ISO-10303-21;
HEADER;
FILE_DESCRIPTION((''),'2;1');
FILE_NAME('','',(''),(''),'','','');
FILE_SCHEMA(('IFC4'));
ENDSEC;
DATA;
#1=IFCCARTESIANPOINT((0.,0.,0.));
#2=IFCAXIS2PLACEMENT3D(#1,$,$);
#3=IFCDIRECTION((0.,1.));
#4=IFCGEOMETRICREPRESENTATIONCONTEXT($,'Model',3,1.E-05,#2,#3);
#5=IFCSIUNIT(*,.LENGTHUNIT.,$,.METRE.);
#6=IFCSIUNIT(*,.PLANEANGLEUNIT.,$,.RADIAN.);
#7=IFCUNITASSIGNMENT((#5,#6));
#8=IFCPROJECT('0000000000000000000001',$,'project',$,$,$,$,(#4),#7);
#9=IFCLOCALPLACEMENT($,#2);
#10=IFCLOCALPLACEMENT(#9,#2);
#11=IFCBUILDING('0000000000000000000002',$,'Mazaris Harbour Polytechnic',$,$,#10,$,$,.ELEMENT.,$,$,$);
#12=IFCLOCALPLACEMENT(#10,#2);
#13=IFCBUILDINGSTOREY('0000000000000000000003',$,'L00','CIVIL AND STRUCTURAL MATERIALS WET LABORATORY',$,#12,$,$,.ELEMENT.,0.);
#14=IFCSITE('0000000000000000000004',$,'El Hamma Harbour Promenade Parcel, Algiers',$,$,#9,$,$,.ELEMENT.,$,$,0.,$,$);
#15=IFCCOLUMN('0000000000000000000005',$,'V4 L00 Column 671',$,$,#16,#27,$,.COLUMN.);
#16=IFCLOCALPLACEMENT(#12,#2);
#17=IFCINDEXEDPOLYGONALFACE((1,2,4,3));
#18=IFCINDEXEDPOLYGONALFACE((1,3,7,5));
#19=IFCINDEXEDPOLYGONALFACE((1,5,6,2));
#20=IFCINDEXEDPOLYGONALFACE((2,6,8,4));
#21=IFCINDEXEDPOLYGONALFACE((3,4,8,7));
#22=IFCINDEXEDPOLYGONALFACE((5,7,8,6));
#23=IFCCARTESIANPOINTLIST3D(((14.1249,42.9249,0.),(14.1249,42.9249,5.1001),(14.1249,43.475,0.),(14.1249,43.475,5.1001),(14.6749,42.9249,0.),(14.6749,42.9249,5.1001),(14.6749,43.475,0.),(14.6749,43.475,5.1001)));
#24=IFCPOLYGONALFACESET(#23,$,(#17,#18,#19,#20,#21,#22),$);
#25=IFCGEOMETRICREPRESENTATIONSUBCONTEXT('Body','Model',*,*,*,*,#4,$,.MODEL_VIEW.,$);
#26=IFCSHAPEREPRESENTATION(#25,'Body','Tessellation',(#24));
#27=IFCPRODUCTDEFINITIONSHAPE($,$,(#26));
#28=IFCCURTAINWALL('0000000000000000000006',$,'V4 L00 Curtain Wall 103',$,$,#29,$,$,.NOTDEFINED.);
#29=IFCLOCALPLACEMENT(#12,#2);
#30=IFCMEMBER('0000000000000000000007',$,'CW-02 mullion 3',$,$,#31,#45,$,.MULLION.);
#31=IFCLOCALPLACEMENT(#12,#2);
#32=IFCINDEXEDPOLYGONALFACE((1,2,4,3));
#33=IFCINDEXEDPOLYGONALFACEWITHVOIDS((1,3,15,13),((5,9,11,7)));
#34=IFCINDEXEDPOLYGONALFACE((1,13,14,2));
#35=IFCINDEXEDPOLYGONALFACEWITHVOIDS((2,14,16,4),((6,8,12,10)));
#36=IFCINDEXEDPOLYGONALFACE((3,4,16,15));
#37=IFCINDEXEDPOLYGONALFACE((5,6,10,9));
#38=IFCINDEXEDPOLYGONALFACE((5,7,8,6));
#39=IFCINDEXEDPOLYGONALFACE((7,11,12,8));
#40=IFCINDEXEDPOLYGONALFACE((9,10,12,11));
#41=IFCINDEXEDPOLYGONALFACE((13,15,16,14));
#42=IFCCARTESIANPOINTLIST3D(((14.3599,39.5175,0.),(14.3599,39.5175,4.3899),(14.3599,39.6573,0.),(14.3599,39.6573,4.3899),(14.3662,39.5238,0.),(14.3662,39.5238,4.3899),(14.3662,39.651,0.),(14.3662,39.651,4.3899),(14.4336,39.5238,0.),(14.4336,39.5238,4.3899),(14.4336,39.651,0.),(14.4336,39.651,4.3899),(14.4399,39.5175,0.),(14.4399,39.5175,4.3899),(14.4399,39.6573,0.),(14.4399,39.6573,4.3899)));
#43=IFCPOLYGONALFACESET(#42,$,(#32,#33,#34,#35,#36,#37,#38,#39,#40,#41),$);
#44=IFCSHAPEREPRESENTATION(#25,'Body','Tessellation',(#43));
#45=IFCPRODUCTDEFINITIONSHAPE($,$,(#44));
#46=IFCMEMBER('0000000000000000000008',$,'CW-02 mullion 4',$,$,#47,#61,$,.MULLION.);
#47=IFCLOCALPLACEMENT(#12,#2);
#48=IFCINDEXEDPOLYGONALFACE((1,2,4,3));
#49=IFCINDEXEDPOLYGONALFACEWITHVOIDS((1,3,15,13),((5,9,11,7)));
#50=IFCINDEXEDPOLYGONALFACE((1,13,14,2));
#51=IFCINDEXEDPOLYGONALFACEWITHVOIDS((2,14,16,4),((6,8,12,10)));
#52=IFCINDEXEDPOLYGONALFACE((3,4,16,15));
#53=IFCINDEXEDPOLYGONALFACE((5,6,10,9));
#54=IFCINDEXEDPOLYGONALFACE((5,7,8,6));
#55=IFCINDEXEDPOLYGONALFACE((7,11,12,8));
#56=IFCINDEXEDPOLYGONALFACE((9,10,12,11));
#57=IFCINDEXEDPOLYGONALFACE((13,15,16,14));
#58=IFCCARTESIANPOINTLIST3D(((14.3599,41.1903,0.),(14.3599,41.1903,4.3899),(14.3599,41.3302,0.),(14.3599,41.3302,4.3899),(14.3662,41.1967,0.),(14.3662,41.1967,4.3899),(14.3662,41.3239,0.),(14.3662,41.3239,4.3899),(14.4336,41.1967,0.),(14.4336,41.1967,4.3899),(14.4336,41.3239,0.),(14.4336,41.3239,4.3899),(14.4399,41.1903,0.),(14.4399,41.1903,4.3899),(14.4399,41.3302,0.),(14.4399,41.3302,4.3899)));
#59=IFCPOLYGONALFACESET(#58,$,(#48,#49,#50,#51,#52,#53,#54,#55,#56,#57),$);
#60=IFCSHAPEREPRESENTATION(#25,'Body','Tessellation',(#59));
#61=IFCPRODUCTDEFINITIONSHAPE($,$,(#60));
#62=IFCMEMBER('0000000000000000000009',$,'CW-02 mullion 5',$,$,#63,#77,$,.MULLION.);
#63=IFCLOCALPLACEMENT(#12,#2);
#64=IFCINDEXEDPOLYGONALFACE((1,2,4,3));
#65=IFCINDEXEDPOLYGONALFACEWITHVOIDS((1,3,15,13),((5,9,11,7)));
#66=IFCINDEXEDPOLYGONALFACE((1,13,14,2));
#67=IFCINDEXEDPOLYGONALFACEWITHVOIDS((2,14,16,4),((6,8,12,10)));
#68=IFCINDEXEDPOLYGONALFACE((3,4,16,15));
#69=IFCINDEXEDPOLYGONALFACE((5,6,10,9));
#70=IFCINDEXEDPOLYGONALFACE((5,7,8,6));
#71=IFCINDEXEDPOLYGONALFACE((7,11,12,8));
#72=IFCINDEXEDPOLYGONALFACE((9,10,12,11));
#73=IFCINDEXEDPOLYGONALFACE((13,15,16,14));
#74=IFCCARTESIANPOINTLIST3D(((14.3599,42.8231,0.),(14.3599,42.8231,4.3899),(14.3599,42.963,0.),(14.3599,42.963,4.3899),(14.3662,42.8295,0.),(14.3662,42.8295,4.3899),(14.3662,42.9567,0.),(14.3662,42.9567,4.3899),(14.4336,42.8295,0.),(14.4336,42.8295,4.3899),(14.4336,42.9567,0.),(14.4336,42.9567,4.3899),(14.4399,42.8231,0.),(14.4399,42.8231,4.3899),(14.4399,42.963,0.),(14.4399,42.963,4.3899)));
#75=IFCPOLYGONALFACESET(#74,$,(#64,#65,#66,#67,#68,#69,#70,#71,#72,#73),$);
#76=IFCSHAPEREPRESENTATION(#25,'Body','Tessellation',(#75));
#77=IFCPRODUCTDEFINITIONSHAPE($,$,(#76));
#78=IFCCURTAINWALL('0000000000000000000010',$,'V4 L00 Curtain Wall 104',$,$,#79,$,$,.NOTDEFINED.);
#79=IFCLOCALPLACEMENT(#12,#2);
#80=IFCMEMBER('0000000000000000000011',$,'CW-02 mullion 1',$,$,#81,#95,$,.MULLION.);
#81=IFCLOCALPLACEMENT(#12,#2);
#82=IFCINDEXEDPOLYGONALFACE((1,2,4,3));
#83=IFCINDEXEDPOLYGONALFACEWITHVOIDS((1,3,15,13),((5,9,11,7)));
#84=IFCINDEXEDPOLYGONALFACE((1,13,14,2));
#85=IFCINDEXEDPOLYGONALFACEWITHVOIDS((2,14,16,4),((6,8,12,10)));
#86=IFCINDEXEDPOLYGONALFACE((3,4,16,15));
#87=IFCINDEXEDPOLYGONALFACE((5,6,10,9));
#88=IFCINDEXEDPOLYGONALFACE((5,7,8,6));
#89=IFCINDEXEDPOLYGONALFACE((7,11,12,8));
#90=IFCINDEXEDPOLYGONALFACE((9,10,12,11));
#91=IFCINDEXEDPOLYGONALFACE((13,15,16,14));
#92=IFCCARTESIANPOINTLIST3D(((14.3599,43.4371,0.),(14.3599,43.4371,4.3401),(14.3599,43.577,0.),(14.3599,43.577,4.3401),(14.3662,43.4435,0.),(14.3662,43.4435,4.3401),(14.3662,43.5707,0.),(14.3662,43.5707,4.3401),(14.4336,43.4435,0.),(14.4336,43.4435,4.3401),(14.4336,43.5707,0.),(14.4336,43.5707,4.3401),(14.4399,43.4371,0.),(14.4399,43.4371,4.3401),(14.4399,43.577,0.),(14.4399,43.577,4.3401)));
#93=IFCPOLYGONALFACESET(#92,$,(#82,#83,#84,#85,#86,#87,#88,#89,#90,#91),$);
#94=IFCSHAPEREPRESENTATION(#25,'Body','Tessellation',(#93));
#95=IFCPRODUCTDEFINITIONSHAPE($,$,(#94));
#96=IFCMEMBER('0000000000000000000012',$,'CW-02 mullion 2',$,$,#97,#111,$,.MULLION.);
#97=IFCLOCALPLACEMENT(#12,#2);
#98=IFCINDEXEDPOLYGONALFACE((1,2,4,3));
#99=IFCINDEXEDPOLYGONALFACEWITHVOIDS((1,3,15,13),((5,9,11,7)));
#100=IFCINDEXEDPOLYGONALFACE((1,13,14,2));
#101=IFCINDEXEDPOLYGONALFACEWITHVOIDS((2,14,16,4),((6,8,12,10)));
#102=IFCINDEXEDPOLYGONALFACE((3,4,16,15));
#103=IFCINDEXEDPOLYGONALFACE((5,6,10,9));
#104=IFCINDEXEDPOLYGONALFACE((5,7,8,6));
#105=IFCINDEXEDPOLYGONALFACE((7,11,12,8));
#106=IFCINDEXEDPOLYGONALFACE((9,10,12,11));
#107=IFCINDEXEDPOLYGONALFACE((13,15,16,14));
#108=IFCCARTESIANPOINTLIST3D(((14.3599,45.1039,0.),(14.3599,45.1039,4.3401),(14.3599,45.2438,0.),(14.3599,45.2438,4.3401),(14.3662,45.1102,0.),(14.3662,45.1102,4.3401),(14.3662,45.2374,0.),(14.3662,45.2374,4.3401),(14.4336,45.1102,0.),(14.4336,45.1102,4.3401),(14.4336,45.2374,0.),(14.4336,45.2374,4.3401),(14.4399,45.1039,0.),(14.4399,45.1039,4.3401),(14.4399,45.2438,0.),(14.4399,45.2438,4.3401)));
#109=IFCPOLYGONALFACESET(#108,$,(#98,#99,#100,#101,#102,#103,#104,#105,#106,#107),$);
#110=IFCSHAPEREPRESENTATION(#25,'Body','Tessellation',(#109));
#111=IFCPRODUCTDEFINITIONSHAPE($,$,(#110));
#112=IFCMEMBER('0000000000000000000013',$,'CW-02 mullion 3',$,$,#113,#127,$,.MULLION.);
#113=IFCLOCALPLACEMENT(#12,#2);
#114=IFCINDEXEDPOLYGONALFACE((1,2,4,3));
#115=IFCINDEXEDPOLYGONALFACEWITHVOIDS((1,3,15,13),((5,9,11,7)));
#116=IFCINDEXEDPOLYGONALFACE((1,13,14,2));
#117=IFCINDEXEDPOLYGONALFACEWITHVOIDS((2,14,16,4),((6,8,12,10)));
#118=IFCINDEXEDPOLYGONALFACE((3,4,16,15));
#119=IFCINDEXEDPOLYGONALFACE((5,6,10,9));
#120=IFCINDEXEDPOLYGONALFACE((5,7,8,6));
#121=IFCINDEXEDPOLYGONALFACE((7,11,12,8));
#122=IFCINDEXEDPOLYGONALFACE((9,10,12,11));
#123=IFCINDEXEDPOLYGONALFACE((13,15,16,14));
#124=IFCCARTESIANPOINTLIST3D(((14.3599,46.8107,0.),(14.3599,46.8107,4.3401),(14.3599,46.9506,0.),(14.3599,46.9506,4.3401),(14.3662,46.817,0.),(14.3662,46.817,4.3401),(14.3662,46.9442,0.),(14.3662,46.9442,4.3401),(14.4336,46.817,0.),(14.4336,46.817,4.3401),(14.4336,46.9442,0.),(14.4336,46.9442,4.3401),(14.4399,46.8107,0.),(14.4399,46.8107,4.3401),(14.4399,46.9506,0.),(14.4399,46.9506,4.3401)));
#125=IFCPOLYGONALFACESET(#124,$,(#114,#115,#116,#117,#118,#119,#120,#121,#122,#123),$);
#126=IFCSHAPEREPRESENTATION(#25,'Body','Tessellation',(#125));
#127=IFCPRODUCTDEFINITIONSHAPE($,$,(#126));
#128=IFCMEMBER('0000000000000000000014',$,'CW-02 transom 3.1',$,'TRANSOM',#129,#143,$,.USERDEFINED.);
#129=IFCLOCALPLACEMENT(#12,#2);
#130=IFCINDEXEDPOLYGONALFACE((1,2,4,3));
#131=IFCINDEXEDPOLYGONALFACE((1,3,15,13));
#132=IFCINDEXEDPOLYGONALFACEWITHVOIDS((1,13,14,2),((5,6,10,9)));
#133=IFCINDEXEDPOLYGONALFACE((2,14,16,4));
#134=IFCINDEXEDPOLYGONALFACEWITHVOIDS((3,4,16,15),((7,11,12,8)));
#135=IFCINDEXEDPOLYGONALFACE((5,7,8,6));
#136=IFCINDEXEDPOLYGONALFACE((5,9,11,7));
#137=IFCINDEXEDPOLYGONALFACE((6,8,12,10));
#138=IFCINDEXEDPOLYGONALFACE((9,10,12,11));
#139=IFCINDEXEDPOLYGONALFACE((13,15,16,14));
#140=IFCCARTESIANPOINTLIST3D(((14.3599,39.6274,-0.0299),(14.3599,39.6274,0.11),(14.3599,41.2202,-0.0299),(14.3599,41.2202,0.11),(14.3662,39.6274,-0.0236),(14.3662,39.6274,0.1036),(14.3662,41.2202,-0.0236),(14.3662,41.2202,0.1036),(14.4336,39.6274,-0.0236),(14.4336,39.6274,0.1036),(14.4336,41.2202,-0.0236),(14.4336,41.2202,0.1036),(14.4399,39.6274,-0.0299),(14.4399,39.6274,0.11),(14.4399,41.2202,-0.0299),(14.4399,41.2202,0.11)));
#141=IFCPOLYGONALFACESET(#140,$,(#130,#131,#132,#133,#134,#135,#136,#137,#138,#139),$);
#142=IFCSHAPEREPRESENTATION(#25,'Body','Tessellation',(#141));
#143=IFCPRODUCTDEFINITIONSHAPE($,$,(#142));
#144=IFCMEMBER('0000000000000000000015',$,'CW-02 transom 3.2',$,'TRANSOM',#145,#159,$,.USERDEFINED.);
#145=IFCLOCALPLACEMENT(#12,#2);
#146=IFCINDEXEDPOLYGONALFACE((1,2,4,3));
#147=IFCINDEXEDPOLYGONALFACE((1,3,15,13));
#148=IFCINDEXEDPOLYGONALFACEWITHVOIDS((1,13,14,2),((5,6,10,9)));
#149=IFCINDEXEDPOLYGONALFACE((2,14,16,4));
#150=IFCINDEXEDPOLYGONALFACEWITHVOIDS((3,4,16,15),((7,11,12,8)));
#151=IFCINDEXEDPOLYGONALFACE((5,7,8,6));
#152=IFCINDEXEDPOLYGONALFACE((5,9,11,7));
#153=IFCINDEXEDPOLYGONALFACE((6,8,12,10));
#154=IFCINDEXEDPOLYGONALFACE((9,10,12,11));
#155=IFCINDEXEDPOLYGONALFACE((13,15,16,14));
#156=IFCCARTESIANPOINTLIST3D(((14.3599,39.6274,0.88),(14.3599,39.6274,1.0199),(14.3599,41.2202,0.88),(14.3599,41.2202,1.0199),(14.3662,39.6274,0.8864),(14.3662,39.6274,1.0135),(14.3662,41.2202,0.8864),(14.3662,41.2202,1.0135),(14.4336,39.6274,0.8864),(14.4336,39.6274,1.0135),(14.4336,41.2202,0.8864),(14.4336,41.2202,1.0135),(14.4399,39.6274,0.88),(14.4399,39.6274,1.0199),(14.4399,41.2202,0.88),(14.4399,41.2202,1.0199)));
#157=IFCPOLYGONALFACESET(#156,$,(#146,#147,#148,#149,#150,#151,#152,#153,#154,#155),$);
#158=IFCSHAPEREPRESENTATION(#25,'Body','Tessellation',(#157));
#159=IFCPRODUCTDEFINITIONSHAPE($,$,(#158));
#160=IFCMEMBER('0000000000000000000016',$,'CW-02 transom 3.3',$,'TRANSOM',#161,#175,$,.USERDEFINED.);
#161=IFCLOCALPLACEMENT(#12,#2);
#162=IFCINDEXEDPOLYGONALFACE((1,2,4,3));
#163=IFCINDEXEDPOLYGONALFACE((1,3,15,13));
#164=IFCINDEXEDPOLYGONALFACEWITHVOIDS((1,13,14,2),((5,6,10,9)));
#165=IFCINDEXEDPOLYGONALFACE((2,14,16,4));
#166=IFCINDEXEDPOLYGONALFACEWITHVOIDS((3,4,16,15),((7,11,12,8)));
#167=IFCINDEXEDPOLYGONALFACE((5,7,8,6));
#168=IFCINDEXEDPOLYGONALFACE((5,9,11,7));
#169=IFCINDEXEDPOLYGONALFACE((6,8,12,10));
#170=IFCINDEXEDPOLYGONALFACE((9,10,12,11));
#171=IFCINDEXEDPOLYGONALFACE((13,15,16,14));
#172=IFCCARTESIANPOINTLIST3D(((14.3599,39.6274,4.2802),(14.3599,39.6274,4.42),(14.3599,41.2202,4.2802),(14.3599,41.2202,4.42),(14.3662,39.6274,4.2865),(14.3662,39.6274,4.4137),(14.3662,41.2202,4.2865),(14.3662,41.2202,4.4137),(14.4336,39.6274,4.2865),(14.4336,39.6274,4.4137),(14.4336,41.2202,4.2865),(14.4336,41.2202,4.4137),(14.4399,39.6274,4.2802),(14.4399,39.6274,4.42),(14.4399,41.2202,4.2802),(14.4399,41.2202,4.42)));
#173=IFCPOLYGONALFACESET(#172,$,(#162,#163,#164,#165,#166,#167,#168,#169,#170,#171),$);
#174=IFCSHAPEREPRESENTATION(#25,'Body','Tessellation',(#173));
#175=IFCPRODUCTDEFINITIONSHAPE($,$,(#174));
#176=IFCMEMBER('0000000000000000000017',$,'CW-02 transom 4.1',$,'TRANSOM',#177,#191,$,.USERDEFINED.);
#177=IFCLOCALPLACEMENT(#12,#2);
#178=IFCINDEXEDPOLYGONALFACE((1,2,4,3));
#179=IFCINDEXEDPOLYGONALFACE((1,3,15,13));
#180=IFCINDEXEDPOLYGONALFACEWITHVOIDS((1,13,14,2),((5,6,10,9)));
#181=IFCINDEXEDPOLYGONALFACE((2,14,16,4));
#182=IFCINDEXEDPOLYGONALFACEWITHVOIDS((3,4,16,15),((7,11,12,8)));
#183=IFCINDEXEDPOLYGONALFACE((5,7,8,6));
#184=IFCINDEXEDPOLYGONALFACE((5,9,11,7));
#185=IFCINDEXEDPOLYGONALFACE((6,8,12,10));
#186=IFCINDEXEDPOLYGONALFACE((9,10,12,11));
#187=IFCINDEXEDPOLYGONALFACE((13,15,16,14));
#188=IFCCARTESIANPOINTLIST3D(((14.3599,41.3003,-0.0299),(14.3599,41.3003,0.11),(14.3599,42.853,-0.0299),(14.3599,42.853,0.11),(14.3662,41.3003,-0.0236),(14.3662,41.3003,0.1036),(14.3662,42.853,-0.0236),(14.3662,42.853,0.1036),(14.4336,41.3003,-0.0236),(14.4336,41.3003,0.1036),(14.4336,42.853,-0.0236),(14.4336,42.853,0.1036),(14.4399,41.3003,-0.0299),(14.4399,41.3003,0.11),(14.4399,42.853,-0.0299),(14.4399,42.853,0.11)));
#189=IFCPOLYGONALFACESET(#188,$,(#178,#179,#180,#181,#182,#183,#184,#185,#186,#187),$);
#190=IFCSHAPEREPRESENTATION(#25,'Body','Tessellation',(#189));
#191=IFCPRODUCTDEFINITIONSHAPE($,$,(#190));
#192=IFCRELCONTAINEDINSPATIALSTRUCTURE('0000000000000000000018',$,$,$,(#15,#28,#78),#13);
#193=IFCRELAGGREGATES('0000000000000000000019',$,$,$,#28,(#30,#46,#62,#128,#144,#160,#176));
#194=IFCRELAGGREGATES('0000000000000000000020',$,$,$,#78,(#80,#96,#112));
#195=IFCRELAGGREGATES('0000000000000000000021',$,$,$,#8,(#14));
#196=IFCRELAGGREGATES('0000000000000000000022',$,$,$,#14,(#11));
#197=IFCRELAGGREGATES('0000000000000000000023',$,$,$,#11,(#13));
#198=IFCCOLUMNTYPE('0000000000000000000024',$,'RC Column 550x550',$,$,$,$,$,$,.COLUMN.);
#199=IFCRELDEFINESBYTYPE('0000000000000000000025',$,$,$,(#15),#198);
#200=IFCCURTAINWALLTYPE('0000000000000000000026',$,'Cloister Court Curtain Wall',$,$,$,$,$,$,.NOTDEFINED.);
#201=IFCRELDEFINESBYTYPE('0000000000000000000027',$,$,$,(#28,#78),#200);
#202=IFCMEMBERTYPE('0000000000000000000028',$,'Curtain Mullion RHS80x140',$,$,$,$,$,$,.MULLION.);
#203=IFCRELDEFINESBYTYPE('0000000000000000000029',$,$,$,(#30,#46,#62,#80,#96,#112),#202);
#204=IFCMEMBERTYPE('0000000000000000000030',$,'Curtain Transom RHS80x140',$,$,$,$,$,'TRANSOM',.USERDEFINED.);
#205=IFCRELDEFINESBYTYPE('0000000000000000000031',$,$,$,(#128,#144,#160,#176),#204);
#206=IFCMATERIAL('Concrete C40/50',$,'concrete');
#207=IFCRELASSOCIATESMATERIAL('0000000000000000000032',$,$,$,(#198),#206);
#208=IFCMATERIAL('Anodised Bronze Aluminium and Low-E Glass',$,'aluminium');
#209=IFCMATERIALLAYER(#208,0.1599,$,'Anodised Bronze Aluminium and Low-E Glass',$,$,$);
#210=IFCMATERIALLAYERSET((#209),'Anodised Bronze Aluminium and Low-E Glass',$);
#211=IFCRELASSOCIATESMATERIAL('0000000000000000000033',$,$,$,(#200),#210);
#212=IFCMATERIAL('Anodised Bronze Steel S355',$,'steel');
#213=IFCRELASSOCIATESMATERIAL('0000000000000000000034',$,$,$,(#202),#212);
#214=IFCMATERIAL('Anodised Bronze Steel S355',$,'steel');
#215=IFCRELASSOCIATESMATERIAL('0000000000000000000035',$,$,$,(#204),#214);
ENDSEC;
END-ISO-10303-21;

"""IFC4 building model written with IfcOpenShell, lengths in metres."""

from ifc_helpers import new_model, si_unit, direction, frame, origin, origin_2d, place, context, subcontext, project, spatial, rectangle, hollow_rectangle, extrude, material, layer, layer_set, material_profile, profile_set, type_object, element, aggregate, save


model = new_model("IFC4")

# Units and contexts
model_context = context("Model", 3, precision=1e-05, world=origin(), true_north=direction((0.0, 1.0)))
body_context = subcontext(model_context, "Body", "Model", "MODEL_VIEW")
ifc_project = project(units=[si_unit("LENGTHUNIT", "METRE"), si_unit("PLANEANGLEUNIT", "RADIAN")], contexts=[model_context])

# Site, building, storey
site_placement = place(None, origin())
site = spatial("IfcSite", under=ifc_project, at=site_placement, Name="El Hamma Harbour Promenade Parcel, Algiers", CompositionType="ELEMENT", RefElevation=0.0)
building_placement = place(site_placement, origin())
building = spatial("IfcBuilding", under=site, at=building_placement, Name="Mazaris Harbour Polytechnic", CompositionType="ELEMENT")
storey_placement = place(building_placement, origin())
storey = spatial("IfcBuildingStorey", under=building, at=storey_placement, Name="L00", Description="CIVIL AND STRUCTURAL MATERIALS WET LABORATORY", CompositionType="ELEMENT", Elevation=0.0)

# Column
ifc_material_1 = material(Name="Concrete C40/50", Category="concrete")
ifc_material_profile_1 = material_profile(ifc_material_1, rectangle(XDim=0.55, YDim=0.55, at=origin_2d()), Name="RECT550x550")
ifc_profile_set_1 = profile_set([ifc_material_profile_1], Name="Concrete C40/50")
column_type = type_object("IfcColumnType", Name="RC Column 550x550", PredefinedType="COLUMN", material=ifc_profile_set_1)
column_placement = place(storey_placement, frame((14.3999, 43.2, 0.0), z_axis=(0.0, 0.0, 1.0), x_axis=(1.0, 0.0, 0.0)))
element("IfcColumn", 1, at=column_placement, inside=storey, type_object=column_type, Name="V4 L00 Column 671", PredefinedType="COLUMN", context=body_context, shape_type="SweptSolid", body=[
    extrude(rectangle(XDim=0.55, YDim=0.55, at=origin_2d()), origin(), (0.0, 0.0, 1.0), 5.1001),
])

# Curtain walls, members
ifc_material_2 = material(Name="Anodised Bronze Aluminium and Low-E Glass", Category="aluminium")
ifc_layer_1 = layer(ifc_material_2, 0.1599, Name="Anodised Bronze Aluminium and Low-E Glass")
ifc_layer_set_1 = layer_set([ifc_layer_1], Name="Anodised Bronze Aluminium and Low-E Glass")
curtain_wall_type = type_object("IfcCurtainWallType", Name="Cloister Court Curtain Wall", PredefinedType="NOTDEFINED", material=ifc_layer_set_1)
curtain_wall_1_placement = place(storey_placement, origin())
curtain_wall_1 = element("IfcCurtainWall", 2, at=curtain_wall_1_placement, inside=storey, type_object=curtain_wall_type, Name="V4 L00 Curtain Wall 103", PredefinedType="NOTDEFINED")
ifc_material_3 = material(Name="Anodised Bronze Steel S355", Category="steel")
ifc_material_profile_2 = material_profile(ifc_material_3, hollow_rectangle(XDim=0.0801, YDim=0.1399, WallThickness=0.0063, at=origin_2d()), Name="RHS 80x140x6.3")
ifc_profile_set_2 = profile_set([ifc_material_profile_2], Name="Anodised Bronze Steel S355")
member_type_1 = type_object("IfcMemberType", Name="Curtain Mullion RHS80x140", PredefinedType="MULLION", material=ifc_profile_set_2)
member_1_placement = place(storey_placement, frame((14.3999, 39.5874, 0.0), z_axis=(0.0, 0.0, 1.0), x_axis=(-1.0, 0.0, 0.0)))
member_1 = element("IfcMember", 3, at=member_1_placement, type_object=member_type_1, Name="CW-02 mullion 3", PredefinedType="MULLION", context=body_context, shape_type="SweptSolid", body=[
    extrude(hollow_rectangle(XDim=0.0801, YDim=0.1399, WallThickness=0.0063, at=origin_2d()), origin(), (0.0, 0.0, 1.0), 4.3899),
])
member_2_placement = place(storey_placement, frame((14.3999, 41.2603, 0.0), z_axis=(0.0, 0.0, 1.0), x_axis=(-1.0, 0.0, 0.0)))
member_2 = element("IfcMember", 4, at=member_2_placement, type_object=member_type_1, Name="CW-02 mullion 4", PredefinedType="MULLION", context=body_context, shape_type="SweptSolid", body=[
    extrude(hollow_rectangle(XDim=0.0801, YDim=0.1399, WallThickness=0.0063, at=origin_2d()), origin(), (0.0, 0.0, 1.0), 4.3899),
])
member_3_placement = place(storey_placement, frame((14.3999, 42.8931, 0.0), z_axis=(0.0, 0.0, 1.0), x_axis=(-1.0, 0.0, 0.0)))
member_3 = element("IfcMember", 5, at=member_3_placement, type_object=member_type_1, Name="CW-02 mullion 5", PredefinedType="MULLION", context=body_context, shape_type="SweptSolid", body=[
    extrude(hollow_rectangle(XDim=0.0801, YDim=0.1399, WallThickness=0.0063, at=origin_2d()), origin(), (0.0, 0.0, 1.0), 4.3899),
])
curtain_wall_2_placement = place(storey_placement, origin())
curtain_wall_2 = element("IfcCurtainWall", 6, at=curtain_wall_2_placement, inside=storey, type_object=curtain_wall_type, Name="V4 L00 Curtain Wall 104", PredefinedType="NOTDEFINED")
member_4_placement = place(storey_placement, frame((14.3999, 43.5071, 0.0), z_axis=(0.0, 0.0, 1.0), x_axis=(-1.0, 0.0, 0.0)))
member_4 = element("IfcMember", 7, at=member_4_placement, type_object=member_type_1, Name="CW-02 mullion 1", PredefinedType="MULLION", context=body_context, shape_type="SweptSolid", body=[
    extrude(hollow_rectangle(XDim=0.0801, YDim=0.1399, WallThickness=0.0063, at=origin_2d()), origin(), (0.0, 0.0, 1.0), 4.3401),
])
member_5_placement = place(storey_placement, frame((14.3999, 45.1738, 0.0), z_axis=(0.0, 0.0, 1.0), x_axis=(-1.0, 0.0, 0.0)))
member_5 = element("IfcMember", 8, at=member_5_placement, type_object=member_type_1, Name="CW-02 mullion 2", PredefinedType="MULLION", context=body_context, shape_type="SweptSolid", body=[
    extrude(hollow_rectangle(XDim=0.0801, YDim=0.1399, WallThickness=0.0063, at=origin_2d()), origin(), (0.0, 0.0, 1.0), 4.3401),
])
member_6_placement = place(storey_placement, frame((14.3999, 46.8806, 0.0), z_axis=(0.0, 0.0, 1.0), x_axis=(-1.0, 0.0, 0.0)))
member_6 = element("IfcMember", 9, at=member_6_placement, type_object=member_type_1, Name="CW-02 mullion 3", PredefinedType="MULLION", context=body_context, shape_type="SweptSolid", body=[
    extrude(hollow_rectangle(XDim=0.0801, YDim=0.1399, WallThickness=0.0063, at=origin_2d()), origin(), (0.0, 0.0, 1.0), 4.3401),
])

# Members
ifc_material_4 = material(Name="Anodised Bronze Steel S355", Category="steel")
ifc_material_profile_3 = material_profile(ifc_material_4, hollow_rectangle(XDim=0.0801, YDim=0.1399, WallThickness=0.0063, at=origin_2d()), Name="RHS 80x140x6.3")
ifc_profile_set_3 = profile_set([ifc_material_profile_3], Name="Anodised Bronze Steel S355")
member_type_2 = type_object("IfcMemberType", Name="Curtain Transom RHS80x140", ElementType="TRANSOM", PredefinedType="USERDEFINED", material=ifc_profile_set_3)
member_7_placement = place(storey_placement, frame((14.3999, 39.6274, 0.04), z_axis=(0.0, 1.0, 0.0), x_axis=(-1.0, 0.0, 0.0)))
member_7 = element("IfcMember", 10, at=member_7_placement, type_object=member_type_2, Name="CW-02 transom 3.1", ObjectType="TRANSOM", PredefinedType="USERDEFINED", context=body_context, shape_type="SweptSolid", body=[
    extrude(hollow_rectangle(XDim=0.0801, YDim=0.1399, WallThickness=0.0063, at=origin_2d()), origin(), (0.0, 0.0, 1.0), 1.5928),
])
member_8_placement = place(storey_placement, frame((14.3999, 39.6274, 0.95), z_axis=(0.0, 1.0, 0.0), x_axis=(-1.0, 0.0, 0.0)))
member_8 = element("IfcMember", 11, at=member_8_placement, type_object=member_type_2, Name="CW-02 transom 3.2", ObjectType="TRANSOM", PredefinedType="USERDEFINED", context=body_context, shape_type="SweptSolid", body=[
    extrude(hollow_rectangle(XDim=0.0801, YDim=0.1399, WallThickness=0.0063, at=origin_2d()), origin(), (0.0, 0.0, 1.0), 1.5928),
])
member_9_placement = place(storey_placement, frame((14.3999, 39.6274, 4.3501), z_axis=(0.0, 1.0, 0.0), x_axis=(-1.0, 0.0, 0.0)))
member_9 = element("IfcMember", 12, at=member_9_placement, type_object=member_type_2, Name="CW-02 transom 3.3", ObjectType="TRANSOM", PredefinedType="USERDEFINED", context=body_context, shape_type="SweptSolid", body=[
    extrude(hollow_rectangle(XDim=0.0801, YDim=0.1399, WallThickness=0.0063, at=origin_2d()), origin(), (0.0, 0.0, 1.0), 1.5928),
])
member_10_placement = place(storey_placement, frame((14.3999, 41.3003, 0.04), z_axis=(0.0, 1.0, 0.0), x_axis=(-1.0, 0.0, 0.0)))
member_10 = element("IfcMember", 13, at=member_10_placement, type_object=member_type_2, Name="CW-02 transom 4.1", ObjectType="TRANSOM", PredefinedType="USERDEFINED", context=body_context, shape_type="SweptSolid", body=[
    extrude(hollow_rectangle(XDim=0.0801, YDim=0.1399, WallThickness=0.0063, at=origin_2d()), origin(), (0.0, 0.0, 1.0), 1.5527),
])

aggregate(curtain_wall_1, [member_1, member_2, member_3, member_7, member_8, member_9, member_10])
aggregate(curtain_wall_2, [member_4, member_5, member_6])

save(model, "model.ifc")
